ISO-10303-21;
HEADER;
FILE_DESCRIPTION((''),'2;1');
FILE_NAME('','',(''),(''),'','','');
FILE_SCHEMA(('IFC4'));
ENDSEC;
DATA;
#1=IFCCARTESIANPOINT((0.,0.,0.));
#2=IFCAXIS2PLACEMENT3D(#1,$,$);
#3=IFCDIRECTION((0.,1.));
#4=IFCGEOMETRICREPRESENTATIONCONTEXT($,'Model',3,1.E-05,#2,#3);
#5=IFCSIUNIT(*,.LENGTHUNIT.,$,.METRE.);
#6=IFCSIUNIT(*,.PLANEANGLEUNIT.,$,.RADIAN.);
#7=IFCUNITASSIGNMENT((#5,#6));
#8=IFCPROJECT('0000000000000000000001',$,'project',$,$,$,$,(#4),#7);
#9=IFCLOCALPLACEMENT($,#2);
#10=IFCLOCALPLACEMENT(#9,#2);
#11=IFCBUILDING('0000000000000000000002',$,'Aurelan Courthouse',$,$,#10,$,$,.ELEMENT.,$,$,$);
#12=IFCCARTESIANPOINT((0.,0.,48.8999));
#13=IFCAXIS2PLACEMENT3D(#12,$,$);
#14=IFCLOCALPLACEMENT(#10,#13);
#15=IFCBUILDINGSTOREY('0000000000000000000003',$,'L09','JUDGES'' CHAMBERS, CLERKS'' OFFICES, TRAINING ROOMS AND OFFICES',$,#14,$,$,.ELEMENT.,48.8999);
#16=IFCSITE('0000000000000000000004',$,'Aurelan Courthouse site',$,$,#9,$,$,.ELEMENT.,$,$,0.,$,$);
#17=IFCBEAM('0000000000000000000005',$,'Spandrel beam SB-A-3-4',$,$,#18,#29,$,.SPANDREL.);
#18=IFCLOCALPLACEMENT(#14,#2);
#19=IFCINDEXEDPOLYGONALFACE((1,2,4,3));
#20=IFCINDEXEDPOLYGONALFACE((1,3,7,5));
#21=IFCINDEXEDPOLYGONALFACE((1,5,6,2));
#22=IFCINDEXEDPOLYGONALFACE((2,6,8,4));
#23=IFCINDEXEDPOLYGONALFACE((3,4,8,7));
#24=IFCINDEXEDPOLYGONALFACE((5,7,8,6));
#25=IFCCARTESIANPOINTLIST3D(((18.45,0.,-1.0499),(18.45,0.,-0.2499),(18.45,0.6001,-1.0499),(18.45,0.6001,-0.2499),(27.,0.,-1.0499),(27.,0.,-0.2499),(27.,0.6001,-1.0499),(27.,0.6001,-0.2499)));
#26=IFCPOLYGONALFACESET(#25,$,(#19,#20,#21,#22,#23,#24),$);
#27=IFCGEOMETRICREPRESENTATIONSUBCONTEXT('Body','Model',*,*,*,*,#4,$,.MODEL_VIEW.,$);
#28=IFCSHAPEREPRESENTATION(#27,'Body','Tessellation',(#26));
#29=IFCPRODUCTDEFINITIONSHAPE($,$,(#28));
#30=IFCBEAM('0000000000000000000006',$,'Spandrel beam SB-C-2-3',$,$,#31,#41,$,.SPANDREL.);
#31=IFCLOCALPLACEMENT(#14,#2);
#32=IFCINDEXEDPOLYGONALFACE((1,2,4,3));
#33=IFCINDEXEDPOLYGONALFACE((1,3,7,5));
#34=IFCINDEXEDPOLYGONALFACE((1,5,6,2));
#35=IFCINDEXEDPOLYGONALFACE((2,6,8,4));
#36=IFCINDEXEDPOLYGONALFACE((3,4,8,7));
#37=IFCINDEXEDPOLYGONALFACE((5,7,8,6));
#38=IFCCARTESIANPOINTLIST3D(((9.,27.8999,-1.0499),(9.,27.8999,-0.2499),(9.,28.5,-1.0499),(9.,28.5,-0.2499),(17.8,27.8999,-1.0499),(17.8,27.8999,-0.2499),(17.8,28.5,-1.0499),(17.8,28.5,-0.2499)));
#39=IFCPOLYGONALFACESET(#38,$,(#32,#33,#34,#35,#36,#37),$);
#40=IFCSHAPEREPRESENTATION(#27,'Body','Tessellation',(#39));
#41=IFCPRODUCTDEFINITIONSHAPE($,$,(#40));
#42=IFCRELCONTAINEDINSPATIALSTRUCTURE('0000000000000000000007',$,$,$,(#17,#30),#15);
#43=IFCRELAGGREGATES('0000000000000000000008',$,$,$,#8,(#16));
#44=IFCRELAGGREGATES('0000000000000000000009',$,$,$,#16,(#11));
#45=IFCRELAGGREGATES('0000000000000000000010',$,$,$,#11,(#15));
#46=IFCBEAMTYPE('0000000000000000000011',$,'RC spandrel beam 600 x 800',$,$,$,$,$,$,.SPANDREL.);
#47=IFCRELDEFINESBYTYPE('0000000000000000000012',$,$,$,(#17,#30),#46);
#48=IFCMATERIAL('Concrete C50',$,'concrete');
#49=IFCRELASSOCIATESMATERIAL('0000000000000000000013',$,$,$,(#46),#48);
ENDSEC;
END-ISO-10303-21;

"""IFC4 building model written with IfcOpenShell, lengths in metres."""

from ifc_helpers import new_model, si_unit, direction, frame, origin, origin_2d, place, context, subcontext, project, spatial, rectangle, extrude, material, material_profile, profile_set, type_object, element, save


model = new_model("IFC4")

# Units and contexts
model_context = context("Model", 3, precision=1e-05, world=origin(), true_north=direction((0.0, 1.0)))
body_context = subcontext(model_context, "Body", "Model", "MODEL_VIEW")
ifc_project = project(units=[si_unit("LENGTHUNIT", "METRE"), si_unit("PLANEANGLEUNIT", "RADIAN")], contexts=[model_context])

# Site, building, storey
site_placement = place(None, origin())
site = spatial("IfcSite", under=ifc_project, at=site_placement, Name="Aurelan Courthouse site", CompositionType="ELEMENT", RefElevation=0.0)
building_placement = place(site_placement, origin())
building = spatial("IfcBuilding", under=site, at=building_placement, Name="Aurelan Courthouse", CompositionType="ELEMENT")
storey_placement = place(building_placement, frame((0.0, 0.0, 48.8999)))
storey = spatial("IfcBuildingStorey", under=building, at=storey_placement, Name="L09", Description="JUDGES' CHAMBERS, CLERKS' OFFICES, TRAINING ROOMS AND OFFICES", CompositionType="ELEMENT", Elevation=48.8999)

# Beams
ifc_material_1 = material(Name="Concrete C50", Category="concrete")
ifc_material_profile_1 = material_profile(ifc_material_1, rectangle(XDim=0.6001, YDim=0.8, at=origin_2d()), Name="RC 600 x 800")
ifc_profile_set_1 = profile_set([ifc_material_profile_1], Name="Concrete C50")
beam_type_1 = type_object("IfcBeamType", Name="RC spandrel beam 600 x 800", PredefinedType="SPANDREL", material=ifc_profile_set_1)
beam_1_placement = place(storey_placement, frame((18.45, 0.3, -0.6499), z_axis=(1.0, 0.0, 0.0), x_axis=(0.0, 1.0, 0.0)))
element("IfcBeam", 1, at=beam_1_placement, inside=storey, type_object=beam_type_1, Name="Spandrel beam SB-A-3-4", PredefinedType="SPANDREL", context=body_context, shape_type="SweptSolid", body=[
    extrude(rectangle(XDim=0.6001, YDim=0.8, at=origin_2d()), origin(), (0.0, 0.0, 1.0), 8.55),
])
beam_2_placement = place(storey_placement, frame((9.0, 28.2, -0.6499), z_axis=(1.0, 0.0, 0.0), x_axis=(0.0, 1.0, 0.0)))
element("IfcBeam", 2, at=beam_2_placement, inside=storey, type_object=beam_type_1, Name="Spandrel beam SB-C-2-3", PredefinedType="SPANDREL", context=body_context, shape_type="SweptSolid", body=[
    extrude(rectangle(XDim=0.6001, YDim=0.8, at=origin_2d()), origin(), (0.0, 0.0, 1.0), 8.8),
])

save(model, "model.ifc")
